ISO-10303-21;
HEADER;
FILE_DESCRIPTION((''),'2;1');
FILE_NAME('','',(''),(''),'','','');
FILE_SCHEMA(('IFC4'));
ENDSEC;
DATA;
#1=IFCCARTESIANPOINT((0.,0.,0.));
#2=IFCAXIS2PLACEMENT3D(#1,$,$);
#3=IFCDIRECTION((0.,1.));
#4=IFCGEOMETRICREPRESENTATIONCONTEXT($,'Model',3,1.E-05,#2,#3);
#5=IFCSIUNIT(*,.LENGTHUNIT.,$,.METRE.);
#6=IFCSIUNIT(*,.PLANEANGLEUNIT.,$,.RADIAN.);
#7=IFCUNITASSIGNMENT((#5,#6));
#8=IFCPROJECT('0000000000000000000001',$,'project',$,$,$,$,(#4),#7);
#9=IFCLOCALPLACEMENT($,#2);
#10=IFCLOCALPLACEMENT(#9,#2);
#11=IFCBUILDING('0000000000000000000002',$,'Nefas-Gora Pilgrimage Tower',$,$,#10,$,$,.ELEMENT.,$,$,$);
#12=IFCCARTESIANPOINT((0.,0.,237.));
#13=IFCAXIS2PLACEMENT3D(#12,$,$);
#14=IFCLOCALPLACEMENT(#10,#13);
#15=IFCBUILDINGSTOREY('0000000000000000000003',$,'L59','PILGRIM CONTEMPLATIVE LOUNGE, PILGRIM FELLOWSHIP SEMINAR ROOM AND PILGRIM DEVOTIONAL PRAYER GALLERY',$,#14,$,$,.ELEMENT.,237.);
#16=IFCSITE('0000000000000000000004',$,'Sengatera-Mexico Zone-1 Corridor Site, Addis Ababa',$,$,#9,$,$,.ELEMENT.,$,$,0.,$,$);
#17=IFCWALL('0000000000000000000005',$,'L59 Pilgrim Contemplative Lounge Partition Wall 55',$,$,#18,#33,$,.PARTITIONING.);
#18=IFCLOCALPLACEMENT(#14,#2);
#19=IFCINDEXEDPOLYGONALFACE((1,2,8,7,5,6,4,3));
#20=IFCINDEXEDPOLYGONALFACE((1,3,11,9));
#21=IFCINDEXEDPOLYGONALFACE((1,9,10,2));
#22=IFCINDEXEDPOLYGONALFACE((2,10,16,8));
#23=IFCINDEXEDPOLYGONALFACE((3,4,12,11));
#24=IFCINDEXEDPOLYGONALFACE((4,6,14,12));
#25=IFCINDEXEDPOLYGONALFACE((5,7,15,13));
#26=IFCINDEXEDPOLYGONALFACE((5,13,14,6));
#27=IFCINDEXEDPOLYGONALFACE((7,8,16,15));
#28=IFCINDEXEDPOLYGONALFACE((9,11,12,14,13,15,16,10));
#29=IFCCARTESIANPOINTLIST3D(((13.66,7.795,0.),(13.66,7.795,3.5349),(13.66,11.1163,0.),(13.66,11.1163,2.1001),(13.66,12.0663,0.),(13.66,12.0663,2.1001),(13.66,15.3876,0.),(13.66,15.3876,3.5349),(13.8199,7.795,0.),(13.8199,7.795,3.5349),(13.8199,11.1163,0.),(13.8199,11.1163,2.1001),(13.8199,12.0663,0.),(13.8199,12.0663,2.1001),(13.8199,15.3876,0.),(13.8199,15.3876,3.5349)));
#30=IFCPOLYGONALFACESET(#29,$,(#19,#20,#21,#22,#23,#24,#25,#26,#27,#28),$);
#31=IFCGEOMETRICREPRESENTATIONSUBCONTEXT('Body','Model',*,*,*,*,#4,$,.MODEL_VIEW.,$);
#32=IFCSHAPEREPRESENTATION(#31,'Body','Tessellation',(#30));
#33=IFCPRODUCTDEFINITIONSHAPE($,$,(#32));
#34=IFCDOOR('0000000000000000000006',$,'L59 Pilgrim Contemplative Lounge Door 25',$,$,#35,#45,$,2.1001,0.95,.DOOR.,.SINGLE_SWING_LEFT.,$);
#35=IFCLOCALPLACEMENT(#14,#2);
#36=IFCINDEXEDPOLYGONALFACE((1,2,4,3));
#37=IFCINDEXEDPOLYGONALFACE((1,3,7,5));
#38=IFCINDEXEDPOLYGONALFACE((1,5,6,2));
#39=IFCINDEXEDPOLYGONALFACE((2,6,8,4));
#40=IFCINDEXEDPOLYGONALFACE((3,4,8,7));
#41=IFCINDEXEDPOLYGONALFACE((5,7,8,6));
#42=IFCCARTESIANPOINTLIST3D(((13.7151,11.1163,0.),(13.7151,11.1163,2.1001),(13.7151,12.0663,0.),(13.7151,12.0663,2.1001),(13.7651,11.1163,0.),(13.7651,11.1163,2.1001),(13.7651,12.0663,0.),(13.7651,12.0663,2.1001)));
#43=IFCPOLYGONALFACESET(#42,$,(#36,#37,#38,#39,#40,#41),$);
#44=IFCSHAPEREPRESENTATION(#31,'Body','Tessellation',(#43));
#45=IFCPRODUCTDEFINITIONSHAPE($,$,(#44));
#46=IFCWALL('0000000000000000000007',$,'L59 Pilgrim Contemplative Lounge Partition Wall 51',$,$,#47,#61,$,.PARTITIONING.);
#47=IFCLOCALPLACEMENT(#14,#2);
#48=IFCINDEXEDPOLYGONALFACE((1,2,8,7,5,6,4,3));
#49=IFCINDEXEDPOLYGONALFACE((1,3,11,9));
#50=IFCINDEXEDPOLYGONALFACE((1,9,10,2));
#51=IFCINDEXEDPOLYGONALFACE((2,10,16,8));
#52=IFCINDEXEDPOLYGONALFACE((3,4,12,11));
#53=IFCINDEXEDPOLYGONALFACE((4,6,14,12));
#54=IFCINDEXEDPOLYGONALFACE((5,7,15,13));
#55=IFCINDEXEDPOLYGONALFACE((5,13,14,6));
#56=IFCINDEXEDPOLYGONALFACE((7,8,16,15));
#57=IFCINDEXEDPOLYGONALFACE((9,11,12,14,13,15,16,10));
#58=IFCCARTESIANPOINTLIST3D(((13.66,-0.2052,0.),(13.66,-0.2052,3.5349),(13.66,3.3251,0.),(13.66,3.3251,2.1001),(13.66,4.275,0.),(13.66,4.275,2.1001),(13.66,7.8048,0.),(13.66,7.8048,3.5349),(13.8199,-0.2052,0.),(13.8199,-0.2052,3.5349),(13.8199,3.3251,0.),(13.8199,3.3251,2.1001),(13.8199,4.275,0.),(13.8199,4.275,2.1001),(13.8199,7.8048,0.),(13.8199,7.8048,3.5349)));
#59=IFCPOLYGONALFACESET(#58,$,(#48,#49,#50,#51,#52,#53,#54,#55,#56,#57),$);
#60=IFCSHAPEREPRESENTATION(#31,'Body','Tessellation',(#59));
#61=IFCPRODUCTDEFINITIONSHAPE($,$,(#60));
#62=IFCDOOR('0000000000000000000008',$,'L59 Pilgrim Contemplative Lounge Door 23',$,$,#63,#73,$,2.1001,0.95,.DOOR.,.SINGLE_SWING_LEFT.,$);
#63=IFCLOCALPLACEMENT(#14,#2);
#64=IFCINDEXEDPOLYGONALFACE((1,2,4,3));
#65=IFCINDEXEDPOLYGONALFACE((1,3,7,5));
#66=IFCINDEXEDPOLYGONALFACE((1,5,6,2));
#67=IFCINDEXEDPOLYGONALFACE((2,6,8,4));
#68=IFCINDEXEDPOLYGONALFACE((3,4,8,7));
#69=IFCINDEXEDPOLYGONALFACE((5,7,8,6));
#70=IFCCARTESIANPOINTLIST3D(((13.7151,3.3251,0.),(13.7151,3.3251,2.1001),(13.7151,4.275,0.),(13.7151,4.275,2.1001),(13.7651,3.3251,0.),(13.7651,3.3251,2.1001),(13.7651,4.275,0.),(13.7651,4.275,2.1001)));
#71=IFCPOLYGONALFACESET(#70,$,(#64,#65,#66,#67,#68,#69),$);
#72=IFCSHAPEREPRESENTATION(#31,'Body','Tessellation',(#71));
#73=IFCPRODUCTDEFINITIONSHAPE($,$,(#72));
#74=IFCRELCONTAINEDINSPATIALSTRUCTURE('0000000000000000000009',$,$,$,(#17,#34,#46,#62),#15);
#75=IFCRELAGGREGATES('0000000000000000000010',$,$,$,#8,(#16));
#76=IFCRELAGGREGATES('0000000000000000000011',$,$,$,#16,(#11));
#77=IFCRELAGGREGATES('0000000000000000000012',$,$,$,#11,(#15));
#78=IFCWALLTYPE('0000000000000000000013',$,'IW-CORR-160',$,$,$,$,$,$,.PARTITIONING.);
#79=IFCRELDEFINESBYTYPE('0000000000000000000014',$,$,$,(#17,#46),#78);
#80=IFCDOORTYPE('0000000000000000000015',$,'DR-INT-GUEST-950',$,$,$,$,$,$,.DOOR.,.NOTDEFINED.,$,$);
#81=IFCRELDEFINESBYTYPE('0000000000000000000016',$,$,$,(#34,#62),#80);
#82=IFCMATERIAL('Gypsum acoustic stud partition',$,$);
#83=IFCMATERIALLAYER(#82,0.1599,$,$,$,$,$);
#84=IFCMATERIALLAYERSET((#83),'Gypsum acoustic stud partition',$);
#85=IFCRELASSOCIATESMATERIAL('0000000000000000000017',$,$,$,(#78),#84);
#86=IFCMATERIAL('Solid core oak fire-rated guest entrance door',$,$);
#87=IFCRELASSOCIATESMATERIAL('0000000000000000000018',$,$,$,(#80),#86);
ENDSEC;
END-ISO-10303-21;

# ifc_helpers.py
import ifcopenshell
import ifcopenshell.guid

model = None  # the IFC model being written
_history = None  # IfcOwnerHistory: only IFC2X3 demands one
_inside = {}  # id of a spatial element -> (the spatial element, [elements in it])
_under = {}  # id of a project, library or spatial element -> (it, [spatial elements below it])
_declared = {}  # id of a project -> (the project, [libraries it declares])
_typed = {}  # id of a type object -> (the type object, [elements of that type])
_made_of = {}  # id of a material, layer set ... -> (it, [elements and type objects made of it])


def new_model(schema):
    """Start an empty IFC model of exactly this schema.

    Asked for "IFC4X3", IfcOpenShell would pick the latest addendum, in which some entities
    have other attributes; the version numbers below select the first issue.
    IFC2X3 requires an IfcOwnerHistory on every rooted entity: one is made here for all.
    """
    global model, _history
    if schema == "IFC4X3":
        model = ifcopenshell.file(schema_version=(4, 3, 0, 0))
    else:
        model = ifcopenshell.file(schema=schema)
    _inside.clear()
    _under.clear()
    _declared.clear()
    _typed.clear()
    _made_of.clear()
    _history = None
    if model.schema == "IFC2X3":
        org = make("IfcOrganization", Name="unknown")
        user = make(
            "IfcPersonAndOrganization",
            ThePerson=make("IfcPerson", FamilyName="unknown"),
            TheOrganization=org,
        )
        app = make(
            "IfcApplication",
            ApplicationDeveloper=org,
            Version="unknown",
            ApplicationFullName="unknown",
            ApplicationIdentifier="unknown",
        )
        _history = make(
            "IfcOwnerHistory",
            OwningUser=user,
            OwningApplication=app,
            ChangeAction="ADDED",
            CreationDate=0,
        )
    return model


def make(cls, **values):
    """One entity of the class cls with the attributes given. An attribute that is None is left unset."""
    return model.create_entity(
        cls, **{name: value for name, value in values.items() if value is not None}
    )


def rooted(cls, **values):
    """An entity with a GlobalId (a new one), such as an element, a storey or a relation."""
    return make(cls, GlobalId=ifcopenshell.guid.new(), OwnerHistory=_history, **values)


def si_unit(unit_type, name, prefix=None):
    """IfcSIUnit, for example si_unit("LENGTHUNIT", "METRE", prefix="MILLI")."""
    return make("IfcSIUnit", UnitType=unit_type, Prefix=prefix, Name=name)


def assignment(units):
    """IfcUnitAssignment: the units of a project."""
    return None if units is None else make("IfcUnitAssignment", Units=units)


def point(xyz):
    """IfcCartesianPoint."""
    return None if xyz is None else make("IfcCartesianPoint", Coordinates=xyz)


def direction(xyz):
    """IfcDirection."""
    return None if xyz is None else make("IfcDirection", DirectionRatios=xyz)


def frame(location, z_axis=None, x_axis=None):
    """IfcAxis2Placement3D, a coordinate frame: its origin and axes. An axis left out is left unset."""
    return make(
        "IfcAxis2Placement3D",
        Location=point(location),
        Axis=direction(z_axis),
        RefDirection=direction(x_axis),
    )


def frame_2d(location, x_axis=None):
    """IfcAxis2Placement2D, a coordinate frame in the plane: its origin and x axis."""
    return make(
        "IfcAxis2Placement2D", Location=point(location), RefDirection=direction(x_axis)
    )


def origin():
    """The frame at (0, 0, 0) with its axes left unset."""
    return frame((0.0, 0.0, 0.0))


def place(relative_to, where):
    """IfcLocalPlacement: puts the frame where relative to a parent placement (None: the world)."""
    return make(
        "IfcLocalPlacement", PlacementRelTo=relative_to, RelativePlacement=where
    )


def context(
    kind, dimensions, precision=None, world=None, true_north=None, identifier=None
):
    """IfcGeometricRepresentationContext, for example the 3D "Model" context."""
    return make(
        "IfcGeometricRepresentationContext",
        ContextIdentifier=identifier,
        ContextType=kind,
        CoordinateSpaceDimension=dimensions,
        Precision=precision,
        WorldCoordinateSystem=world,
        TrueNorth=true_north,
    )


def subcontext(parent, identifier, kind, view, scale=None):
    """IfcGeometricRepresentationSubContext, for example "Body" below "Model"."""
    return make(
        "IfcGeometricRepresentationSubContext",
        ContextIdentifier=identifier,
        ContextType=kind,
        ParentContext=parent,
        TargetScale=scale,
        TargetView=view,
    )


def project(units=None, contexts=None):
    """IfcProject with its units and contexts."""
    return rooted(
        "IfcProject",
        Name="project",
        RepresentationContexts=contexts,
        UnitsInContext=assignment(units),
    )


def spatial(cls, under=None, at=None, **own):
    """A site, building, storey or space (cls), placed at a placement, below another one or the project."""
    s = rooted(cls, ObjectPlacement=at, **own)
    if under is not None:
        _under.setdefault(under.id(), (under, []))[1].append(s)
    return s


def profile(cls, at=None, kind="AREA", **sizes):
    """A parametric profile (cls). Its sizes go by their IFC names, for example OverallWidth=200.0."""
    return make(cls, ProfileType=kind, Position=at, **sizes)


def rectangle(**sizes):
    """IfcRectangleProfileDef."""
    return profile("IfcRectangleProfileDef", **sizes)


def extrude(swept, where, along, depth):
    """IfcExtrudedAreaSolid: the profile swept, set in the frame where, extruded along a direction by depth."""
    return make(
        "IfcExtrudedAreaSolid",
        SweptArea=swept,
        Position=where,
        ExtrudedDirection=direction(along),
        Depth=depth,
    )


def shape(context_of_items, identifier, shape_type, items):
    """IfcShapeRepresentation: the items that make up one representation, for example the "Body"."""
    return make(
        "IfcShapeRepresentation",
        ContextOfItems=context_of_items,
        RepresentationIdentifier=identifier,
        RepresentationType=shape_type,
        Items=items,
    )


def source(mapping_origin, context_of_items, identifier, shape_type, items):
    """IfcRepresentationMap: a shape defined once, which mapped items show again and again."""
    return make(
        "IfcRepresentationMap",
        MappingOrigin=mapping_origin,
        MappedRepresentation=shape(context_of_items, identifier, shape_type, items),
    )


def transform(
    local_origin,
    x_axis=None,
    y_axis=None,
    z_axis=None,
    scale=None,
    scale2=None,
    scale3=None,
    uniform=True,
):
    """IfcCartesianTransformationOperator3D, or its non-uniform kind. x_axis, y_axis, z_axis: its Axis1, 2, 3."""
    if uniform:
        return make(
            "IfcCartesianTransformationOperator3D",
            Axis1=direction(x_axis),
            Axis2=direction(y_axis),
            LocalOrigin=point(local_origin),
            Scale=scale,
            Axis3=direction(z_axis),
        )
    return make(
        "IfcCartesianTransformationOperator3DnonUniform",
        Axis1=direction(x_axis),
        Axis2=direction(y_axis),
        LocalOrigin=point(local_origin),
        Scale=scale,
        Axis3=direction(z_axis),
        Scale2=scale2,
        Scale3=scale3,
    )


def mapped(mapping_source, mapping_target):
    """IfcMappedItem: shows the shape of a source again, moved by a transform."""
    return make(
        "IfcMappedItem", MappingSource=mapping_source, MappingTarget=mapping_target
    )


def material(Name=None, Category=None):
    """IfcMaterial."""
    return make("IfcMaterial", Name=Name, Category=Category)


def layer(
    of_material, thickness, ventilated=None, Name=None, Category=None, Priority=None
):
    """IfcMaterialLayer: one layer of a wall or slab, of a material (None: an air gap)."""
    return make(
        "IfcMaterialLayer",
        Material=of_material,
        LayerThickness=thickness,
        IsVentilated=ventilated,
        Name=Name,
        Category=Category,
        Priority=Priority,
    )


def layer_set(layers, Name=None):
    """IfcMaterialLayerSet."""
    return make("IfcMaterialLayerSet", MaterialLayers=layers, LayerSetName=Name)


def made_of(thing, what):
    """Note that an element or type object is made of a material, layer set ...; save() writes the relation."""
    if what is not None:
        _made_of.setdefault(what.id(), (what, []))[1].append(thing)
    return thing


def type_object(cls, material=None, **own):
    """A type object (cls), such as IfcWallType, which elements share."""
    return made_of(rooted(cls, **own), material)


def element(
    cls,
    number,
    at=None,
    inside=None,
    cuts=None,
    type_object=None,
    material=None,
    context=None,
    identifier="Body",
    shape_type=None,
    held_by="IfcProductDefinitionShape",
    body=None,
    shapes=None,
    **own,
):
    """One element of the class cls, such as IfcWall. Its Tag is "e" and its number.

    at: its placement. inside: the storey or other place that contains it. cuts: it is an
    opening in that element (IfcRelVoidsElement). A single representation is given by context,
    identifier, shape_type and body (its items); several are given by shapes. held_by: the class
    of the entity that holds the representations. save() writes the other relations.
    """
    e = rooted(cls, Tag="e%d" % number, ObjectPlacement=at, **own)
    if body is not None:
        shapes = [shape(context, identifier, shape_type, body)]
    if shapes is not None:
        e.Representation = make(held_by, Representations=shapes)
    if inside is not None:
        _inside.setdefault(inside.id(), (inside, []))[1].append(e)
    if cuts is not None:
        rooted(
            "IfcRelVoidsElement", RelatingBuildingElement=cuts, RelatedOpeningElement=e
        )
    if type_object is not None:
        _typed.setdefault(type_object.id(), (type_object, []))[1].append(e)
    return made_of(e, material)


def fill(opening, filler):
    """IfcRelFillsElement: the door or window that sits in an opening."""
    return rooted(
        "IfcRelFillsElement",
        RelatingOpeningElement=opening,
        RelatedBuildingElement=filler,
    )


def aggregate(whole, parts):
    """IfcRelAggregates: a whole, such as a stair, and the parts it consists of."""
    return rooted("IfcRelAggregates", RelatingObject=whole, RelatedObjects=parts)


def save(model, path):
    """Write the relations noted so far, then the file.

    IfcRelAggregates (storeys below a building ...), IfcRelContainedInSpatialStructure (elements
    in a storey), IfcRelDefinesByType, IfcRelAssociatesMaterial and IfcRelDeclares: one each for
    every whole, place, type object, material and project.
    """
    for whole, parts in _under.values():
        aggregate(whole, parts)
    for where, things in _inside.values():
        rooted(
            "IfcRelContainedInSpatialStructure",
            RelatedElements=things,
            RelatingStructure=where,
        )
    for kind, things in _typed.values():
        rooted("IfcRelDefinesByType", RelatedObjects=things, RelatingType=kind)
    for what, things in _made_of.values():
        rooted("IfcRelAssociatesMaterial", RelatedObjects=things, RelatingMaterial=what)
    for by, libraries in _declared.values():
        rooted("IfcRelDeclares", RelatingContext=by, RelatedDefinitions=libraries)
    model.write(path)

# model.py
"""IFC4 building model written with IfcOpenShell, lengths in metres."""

from ifc_helpers import new_model, si_unit, direction, frame, frame_2d, origin, place, context, subcontext, project, spatial, rectangle, extrude, source, transform, mapped, material, layer, layer_set, type_object, element, fill, save


model = new_model("IFC4")

# Units and contexts
model_context = context("Model", 3, precision=1e-05, world=origin(), true_north=direction((0.0, 1.0)))
body_context = subcontext(model_context, "Body", "Model", "MODEL_VIEW")
ifc_project = project(units=[si_unit("LENGTHUNIT", "METRE"), si_unit("PLANEANGLEUNIT", "RADIAN")], contexts=[model_context])

# Site, building, storey
site_placement = place(None, origin())
site = spatial("IfcSite", under=ifc_project, at=site_placement, Name="Sengatera-Mexico Zone-1 Corridor Site, Addis Ababa", CompositionType="ELEMENT", RefElevation=0.0)
building_placement = place(site_placement, origin())
building = spatial("IfcBuilding", under=site, at=building_placement, Name="Nefas-Gora Pilgrimage Tower", CompositionType="ELEMENT")
storey_placement = place(building_placement, frame((0.0, 0.0, 237.0)))
storey = spatial("IfcBuildingStorey", under=building, at=storey_placement, Name="L59", Description="PILGRIM CONTEMPLATIVE LOUNGE, PILGRIM FELLOWSHIP SEMINAR ROOM AND PILGRIM DEVOTIONAL PRAYER GALLERY", CompositionType="ELEMENT", Elevation=237.0)

# Walls, openings, doors
ifc_material_1 = material(Name="Gypsum acoustic stud partition")
ifc_layer_1 = layer(ifc_material_1, 0.1599)
ifc_layer_set_1 = layer_set([ifc_layer_1], Name="Gypsum acoustic stud partition")
wall_type_1 = type_object("IfcWallType", Name="IW-CORR-160", PredefinedType="PARTITIONING", material=ifc_layer_set_1)
shared_shape_1 = source(origin(), body_context, "Body", "SweptSolid", [
    extrude(rectangle(XDim=7.5925, YDim=0.1599, at=frame_2d((3.7964, 0.0))), origin(), (0.0, 0.0, 1.0), 3.5349),
])
wall_1_placement = place(storey_placement, frame((13.74, 7.7949, 0.0), z_axis=(0.0, 0.0, 1.0), x_axis=(0.0, 1.0, 0.0)))
wall_1 = element("IfcWall", 1, at=wall_1_placement, inside=storey, type_object=wall_type_1, Name="L59 Pilgrim Contemplative Lounge Partition Wall 55", PredefinedType="PARTITIONING", context=body_context, shape_type="MappedRepresentation", body=[
    mapped(shared_shape_1, transform((0.0, 0.0, 0.0), x_axis=(1.0, 0.0, 0.0), y_axis=(0.0, 1.0, 0.0), z_axis=(0.0, 0.0, 1.0), scale=1.0)),
])
opening_1_placement = place(wall_1_placement, frame((3.3213, 0.0, 0.0)))
opening_1 = element("IfcOpeningElement", 2, at=opening_1_placement, cuts=wall_1, PredefinedType="OPENING", context=body_context, shape_type="SweptSolid", body=[
    extrude(rectangle(XDim=0.95, YDim=2.1001, at=frame_2d((0.4751, 1.05))), frame((0.0, 0.0898, 0.0), z_axis=(0.0, -1.0, 0.0), x_axis=(1.0, 0.0, 0.0)), (0.0, 0.0, 1.0), 0.1799),
])
ifc_material_2 = material(Name="Solid core oak fire-rated guest entrance door")
door_type = type_object("IfcDoorType", Name="DR-INT-GUEST-950", OperationType="NOTDEFINED", PredefinedType="DOOR", material=ifc_material_2)
shared_shape_2 = source(origin(), body_context, "Body", "SweptSolid", [
    extrude(rectangle(XDim=0.95, YDim=2.1001, at=frame_2d((0.4751, 1.05))), frame((0.0, 0.0249, 0.0), z_axis=(0.0, -1.0, 0.0), x_axis=(1.0, 0.0, 0.0)), (0.0, 0.0, 1.0), 0.05),
])
door_1_placement = place(opening_1_placement, origin())
door_1 = element("IfcDoor", 3, at=door_1_placement, inside=storey, type_object=door_type, Name="L59 Pilgrim Contemplative Lounge Door 25", OperationType="SINGLE_SWING_LEFT", OverallHeight=2.1001, OverallWidth=0.95, PredefinedType="DOOR", context=body_context, shape_type="MappedRepresentation", body=[
    mapped(shared_shape_2, transform((0.0, 0.0, 0.0), x_axis=(1.0, 0.0, 0.0), y_axis=(0.0, 1.0, 0.0), z_axis=(0.0, 0.0, 1.0), scale=1.0)),
])
fill(opening_1, door_1)
shared_shape_3 = source(origin(), body_context, "Body", "SweptSolid", [
    extrude(rectangle(XDim=8.01, YDim=0.1599, at=frame_2d((4.0049, 0.0))), origin(), (0.0, 0.0, 1.0), 3.5349),
])
wall_2_placement = place(storey_placement, frame((13.74, -0.2051, 0.0), z_axis=(0.0, 0.0, 1.0), x_axis=(0.0, 1.0, 0.0)))
wall_2 = element("IfcWall", 4, at=wall_2_placement, inside=storey, type_object=wall_type_1, Name="L59 Pilgrim Contemplative Lounge Partition Wall 51", PredefinedType="PARTITIONING", context=body_context, shape_type="MappedRepresentation", body=[
    mapped(shared_shape_3, transform((0.0, 0.0, 0.0), x_axis=(1.0, 0.0, 0.0), y_axis=(0.0, 1.0, 0.0), z_axis=(0.0, 0.0, 1.0), scale=1.0)),
])
opening_2_placement = place(wall_2_placement, frame((3.53, 0.0, 0.0)))
opening_2 = element("IfcOpeningElement", 5, at=opening_2_placement, cuts=wall_2, PredefinedType="OPENING", context=body_context, shape_type="SweptSolid", body=[
    extrude(rectangle(XDim=0.95, YDim=2.1001, at=frame_2d((0.4751, 1.05))), frame((0.0, 0.0898, 0.0), z_axis=(0.0, -1.0, 0.0), x_axis=(1.0, 0.0, 0.0)), (0.0, 0.0, 1.0), 0.1799),
])
door_2_placement = place(opening_2_placement, origin())
door_2 = element("IfcDoor", 6, at=door_2_placement, inside=storey, type_object=door_type, Name="L59 Pilgrim Contemplative Lounge Door 23", OperationType="SINGLE_SWING_LEFT", OverallHeight=2.1001, OverallWidth=0.95, PredefinedType="DOOR", context=body_context, shape_type="MappedRepresentation", body=[
    mapped(shared_shape_2, transform((0.0, 0.0, 0.0), x_axis=(1.0, 0.0, 0.0), y_axis=(0.0, 1.0, 0.0), z_axis=(0.0, 0.0, 1.0), scale=1.0)),
])
fill(opening_2, door_2)

save(model, "model.ifc")
